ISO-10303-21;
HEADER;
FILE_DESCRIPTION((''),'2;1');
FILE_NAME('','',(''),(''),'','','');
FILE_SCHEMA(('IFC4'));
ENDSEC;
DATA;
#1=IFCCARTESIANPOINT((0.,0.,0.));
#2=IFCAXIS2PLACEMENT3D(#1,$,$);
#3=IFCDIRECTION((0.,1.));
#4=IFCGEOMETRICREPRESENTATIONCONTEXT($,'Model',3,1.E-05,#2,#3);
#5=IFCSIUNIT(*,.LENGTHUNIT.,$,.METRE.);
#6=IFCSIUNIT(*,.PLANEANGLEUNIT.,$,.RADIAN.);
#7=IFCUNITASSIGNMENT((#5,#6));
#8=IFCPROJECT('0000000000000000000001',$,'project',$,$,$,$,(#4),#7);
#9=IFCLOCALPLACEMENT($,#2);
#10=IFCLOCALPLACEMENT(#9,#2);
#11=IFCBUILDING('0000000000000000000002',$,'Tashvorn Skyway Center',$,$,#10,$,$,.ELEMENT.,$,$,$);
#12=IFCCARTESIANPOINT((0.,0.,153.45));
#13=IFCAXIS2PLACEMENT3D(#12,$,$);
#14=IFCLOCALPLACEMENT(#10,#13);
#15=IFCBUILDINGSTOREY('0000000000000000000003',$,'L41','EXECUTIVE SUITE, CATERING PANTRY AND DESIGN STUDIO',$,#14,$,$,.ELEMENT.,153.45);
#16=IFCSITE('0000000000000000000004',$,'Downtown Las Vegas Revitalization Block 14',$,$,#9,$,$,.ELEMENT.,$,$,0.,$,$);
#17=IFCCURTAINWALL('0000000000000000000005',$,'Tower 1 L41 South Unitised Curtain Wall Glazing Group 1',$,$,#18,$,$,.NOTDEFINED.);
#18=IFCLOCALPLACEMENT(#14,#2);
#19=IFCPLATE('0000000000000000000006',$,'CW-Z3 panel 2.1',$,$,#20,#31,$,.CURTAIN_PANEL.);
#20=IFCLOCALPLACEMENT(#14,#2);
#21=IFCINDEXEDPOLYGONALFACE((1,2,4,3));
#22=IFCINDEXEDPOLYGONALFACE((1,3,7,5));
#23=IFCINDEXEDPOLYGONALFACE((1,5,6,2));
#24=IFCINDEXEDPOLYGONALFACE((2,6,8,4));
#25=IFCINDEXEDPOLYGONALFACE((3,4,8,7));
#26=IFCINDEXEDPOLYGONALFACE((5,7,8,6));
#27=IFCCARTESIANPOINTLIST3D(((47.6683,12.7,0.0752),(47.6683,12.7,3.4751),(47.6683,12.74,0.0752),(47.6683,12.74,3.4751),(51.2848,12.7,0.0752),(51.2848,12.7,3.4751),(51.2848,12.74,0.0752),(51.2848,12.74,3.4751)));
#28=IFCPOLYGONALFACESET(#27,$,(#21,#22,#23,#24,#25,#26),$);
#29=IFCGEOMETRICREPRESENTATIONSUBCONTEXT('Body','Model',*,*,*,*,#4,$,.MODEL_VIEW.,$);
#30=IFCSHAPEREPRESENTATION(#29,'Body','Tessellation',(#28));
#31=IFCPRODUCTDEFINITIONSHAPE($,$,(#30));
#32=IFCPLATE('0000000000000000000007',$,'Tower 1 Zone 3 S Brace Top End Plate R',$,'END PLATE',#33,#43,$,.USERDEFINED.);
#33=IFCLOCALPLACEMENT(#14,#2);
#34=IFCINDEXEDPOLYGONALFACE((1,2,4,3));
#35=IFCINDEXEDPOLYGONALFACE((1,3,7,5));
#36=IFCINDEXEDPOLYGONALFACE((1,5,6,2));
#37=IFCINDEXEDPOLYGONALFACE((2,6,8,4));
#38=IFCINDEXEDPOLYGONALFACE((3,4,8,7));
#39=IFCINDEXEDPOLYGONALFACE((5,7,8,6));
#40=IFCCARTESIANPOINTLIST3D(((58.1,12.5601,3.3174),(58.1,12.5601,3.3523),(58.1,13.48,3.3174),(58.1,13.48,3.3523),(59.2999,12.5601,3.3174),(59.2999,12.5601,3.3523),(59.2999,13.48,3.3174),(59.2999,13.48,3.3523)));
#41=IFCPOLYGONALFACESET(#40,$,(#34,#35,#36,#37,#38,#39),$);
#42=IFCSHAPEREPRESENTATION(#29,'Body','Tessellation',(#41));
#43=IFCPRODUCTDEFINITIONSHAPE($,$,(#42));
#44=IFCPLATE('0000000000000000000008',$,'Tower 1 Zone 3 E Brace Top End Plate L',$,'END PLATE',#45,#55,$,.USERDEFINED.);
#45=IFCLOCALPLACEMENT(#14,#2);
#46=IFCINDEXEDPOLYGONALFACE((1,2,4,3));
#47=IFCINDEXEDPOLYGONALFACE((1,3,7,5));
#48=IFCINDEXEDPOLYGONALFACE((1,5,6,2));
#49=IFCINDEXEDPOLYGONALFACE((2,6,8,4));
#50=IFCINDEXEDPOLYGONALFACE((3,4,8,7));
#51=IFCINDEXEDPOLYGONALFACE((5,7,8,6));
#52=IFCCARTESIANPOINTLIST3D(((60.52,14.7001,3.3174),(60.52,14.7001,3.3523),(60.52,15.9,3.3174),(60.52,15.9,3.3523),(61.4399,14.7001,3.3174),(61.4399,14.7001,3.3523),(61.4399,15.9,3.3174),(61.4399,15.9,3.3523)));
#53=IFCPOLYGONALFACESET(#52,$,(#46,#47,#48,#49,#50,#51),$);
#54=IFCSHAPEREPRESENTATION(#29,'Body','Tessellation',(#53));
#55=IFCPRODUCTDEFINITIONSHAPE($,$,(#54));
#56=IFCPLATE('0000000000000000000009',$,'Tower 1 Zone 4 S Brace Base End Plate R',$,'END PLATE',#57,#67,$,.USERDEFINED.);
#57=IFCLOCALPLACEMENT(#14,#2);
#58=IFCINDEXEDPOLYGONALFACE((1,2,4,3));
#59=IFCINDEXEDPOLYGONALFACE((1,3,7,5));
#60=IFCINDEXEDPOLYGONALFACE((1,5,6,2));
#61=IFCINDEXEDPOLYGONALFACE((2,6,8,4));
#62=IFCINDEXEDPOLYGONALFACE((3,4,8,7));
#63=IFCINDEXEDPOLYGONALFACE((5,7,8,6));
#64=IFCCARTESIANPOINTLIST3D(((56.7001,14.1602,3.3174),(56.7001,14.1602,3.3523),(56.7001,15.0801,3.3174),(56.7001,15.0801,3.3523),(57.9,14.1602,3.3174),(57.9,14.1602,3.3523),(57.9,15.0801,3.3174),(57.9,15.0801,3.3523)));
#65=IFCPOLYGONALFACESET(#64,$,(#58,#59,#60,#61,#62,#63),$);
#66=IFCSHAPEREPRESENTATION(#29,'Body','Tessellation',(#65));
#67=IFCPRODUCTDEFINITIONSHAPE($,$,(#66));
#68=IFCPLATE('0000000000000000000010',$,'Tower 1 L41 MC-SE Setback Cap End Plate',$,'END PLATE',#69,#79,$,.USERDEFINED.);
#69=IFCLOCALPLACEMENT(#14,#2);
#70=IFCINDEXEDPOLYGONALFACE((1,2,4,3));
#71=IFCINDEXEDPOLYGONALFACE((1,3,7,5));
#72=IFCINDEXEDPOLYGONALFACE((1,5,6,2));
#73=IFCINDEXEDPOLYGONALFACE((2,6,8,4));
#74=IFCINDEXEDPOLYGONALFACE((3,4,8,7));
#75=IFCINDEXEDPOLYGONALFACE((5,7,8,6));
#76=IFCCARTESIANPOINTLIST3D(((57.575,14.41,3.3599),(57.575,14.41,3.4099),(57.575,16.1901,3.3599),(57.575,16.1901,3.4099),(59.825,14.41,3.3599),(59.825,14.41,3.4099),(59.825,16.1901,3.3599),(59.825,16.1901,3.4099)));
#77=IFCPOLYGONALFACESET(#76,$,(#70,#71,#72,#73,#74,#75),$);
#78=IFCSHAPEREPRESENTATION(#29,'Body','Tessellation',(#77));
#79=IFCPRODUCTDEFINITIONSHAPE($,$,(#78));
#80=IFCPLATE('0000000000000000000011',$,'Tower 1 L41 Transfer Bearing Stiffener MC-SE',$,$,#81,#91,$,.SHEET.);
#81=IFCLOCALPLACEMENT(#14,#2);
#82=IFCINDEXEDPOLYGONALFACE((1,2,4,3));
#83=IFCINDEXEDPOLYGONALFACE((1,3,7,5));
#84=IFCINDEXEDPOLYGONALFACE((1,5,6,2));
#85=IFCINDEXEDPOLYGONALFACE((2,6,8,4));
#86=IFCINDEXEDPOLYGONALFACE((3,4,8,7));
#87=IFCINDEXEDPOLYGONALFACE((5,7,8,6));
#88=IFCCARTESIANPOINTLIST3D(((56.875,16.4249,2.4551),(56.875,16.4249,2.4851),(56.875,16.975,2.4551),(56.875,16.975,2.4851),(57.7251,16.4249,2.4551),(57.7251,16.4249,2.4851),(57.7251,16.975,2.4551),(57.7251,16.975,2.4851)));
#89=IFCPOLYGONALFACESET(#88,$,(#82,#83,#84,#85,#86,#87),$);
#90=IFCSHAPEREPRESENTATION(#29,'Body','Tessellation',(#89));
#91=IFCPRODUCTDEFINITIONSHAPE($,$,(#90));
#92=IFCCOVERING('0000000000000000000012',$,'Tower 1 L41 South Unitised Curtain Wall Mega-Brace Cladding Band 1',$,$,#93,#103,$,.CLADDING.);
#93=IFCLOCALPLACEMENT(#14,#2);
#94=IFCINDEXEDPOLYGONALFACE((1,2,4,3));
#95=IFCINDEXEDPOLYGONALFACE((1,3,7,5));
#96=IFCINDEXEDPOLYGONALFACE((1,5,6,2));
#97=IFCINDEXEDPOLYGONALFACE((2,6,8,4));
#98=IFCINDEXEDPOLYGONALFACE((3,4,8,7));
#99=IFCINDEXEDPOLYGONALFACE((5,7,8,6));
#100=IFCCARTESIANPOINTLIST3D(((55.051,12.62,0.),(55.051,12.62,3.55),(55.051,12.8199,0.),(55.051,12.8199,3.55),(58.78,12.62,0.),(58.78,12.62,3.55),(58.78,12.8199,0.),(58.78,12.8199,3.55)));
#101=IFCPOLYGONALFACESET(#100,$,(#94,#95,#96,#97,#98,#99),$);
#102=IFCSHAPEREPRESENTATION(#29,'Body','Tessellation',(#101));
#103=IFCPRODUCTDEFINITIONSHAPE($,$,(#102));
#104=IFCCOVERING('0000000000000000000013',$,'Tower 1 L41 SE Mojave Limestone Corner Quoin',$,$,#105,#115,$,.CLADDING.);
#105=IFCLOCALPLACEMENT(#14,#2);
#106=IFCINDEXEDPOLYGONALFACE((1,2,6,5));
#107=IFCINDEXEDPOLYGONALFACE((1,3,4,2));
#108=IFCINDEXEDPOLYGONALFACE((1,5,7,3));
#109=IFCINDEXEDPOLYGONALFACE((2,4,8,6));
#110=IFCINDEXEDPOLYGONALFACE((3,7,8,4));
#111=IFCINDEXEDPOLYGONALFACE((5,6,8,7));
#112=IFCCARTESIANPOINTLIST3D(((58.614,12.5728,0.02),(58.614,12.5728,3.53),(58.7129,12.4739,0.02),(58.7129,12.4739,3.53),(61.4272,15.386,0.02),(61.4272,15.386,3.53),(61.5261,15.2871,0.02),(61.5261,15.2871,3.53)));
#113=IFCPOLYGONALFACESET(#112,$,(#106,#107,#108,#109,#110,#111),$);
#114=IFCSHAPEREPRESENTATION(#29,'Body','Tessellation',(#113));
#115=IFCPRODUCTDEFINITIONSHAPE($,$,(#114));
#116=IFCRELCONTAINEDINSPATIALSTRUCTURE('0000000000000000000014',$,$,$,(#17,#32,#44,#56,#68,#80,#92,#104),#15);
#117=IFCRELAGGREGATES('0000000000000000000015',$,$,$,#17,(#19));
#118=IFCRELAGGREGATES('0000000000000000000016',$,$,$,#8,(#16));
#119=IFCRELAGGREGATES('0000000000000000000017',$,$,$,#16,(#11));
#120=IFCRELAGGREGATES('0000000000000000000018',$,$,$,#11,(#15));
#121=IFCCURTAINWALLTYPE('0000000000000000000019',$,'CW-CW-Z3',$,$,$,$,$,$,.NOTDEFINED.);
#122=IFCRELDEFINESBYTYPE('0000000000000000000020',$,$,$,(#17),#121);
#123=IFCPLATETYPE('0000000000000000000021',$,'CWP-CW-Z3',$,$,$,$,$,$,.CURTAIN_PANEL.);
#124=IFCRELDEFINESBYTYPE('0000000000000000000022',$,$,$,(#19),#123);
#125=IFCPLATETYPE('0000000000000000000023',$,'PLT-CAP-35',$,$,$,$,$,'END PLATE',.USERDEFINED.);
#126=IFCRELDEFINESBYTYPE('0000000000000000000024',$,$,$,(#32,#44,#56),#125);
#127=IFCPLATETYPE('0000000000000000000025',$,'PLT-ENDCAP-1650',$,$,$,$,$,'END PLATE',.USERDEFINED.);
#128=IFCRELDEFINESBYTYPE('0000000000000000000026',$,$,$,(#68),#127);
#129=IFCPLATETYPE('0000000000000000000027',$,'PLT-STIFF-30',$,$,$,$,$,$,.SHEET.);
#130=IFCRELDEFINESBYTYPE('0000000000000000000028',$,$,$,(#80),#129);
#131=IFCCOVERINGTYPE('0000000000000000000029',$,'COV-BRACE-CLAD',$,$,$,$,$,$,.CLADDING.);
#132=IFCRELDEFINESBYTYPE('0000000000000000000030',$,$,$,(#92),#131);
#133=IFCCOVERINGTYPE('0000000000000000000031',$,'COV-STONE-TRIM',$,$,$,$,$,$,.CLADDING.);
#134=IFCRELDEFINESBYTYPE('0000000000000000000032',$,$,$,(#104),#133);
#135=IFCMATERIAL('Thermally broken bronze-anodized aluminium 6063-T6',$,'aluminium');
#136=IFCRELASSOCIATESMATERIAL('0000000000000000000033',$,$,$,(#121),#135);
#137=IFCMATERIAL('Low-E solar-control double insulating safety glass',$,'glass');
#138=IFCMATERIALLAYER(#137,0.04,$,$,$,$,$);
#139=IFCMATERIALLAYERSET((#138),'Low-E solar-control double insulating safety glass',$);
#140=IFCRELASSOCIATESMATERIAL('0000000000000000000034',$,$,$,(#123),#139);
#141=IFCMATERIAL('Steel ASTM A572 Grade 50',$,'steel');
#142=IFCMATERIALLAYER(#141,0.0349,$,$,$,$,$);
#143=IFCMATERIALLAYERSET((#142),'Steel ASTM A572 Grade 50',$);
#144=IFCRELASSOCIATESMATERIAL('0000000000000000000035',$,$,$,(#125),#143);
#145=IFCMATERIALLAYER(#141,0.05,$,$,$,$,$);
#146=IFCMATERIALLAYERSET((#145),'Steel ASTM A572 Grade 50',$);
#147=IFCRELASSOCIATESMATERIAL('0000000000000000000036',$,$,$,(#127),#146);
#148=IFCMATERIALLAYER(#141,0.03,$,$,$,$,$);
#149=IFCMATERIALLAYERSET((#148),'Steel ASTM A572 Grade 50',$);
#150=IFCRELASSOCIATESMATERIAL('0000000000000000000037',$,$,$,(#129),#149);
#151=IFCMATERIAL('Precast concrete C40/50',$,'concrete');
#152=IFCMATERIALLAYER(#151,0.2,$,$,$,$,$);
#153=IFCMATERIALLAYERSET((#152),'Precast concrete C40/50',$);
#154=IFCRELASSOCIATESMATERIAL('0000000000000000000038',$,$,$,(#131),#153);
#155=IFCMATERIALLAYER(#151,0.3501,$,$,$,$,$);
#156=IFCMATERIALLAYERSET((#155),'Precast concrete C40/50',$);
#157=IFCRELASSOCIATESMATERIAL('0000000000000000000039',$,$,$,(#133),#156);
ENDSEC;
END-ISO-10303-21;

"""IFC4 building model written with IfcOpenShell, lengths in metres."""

from ifc_helpers import new_model, si_unit, direction, frame, origin, origin_2d, place, context, subcontext, project, spatial, rectangle, extrude, material, layer, layer_set, type_object, element, aggregate, save


model = new_model("IFC4")

# Units and contexts
model_context = context("Model", 3, precision=1e-05, world=origin(), true_north=direction((0.0, 1.0)))
body_context = subcontext(model_context, "Body", "Model", "MODEL_VIEW")
ifc_project = project(units=[si_unit("LENGTHUNIT", "METRE"), si_unit("PLANEANGLEUNIT", "RADIAN")], contexts=[model_context])

# Site, building, storey
site_placement = place(None, origin())
site = spatial("IfcSite", under=ifc_project, at=site_placement, Name="Downtown Las Vegas Revitalization Block 14", CompositionType="ELEMENT", RefElevation=0.0)
building_placement = place(site_placement, origin())
building = spatial("IfcBuilding", under=site, at=building_placement, Name="Tashvorn Skyway Center", CompositionType="ELEMENT")
storey_placement = place(building_placement, frame((0.0, 0.0, 153.45)))
storey = spatial("IfcBuildingStorey", under=building, at=storey_placement, Name="L41", Description="EXECUTIVE SUITE, CATERING PANTRY AND DESIGN STUDIO", CompositionType="ELEMENT", Elevation=153.45)

# Shared definitions
ifc_material_1 = material(Name="Steel ASTM A572 Grade 50", Category="steel")

# Curtain wall, plate
ifc_material_2 = material(Name="Thermally broken bronze-anodized aluminium 6063-T6", Category="aluminium")
curtain_wall_type = type_object("IfcCurtainWallType", Name="CW-CW-Z3", PredefinedType="NOTDEFINED", material=ifc_material_2)
curtain_wall_placement = place(storey_placement, origin())
curtain_wall = element("IfcCurtainWall", 1, at=curtain_wall_placement, inside=storey, type_object=curtain_wall_type, Name="Tower 1 L41 South Unitised Curtain Wall Glazing Group 1", PredefinedType="NOTDEFINED")
ifc_material_3 = material(Name="Low-E solar-control double insulating safety glass", Category="glass")
ifc_layer_1 = layer(ifc_material_3, 0.04)
ifc_layer_set_1 = layer_set([ifc_layer_1], Name="Low-E solar-control double insulating safety glass")
plate_type_1 = type_object("IfcPlateType", Name="CWP-CW-Z3", PredefinedType="CURTAIN_PANEL", material=ifc_layer_set_1)
plate_1_placement = place(storey_placement, frame((49.4766, 12.72, 0.0752), z_axis=(0.0, 0.0, 1.0), x_axis=(-1.0, 0.0, 0.0)))
plate_1 = element("IfcPlate", 2, at=plate_1_placement, type_object=plate_type_1, Name="CW-Z3 panel 2.1", PredefinedType="CURTAIN_PANEL", context=body_context, shape_type="SweptSolid", body=[
    extrude(rectangle(XDim=3.6165, YDim=0.04, at=origin_2d()), origin(), (0.0, 0.0, 1.0), 3.3999),
])
aggregate(curtain_wall, [plate_1])

# Plates
ifc_layer_2 = layer(ifc_material_1, 0.0349)
ifc_layer_set_2 = layer_set([ifc_layer_2], Name="Steel ASTM A572 Grade 50")
plate_type_2 = type_object("IfcPlateType", Name="PLT-CAP-35", ElementType="END PLATE", PredefinedType="USERDEFINED", material=ifc_layer_set_2)
for number, where, z_axis, x_axis, name in (
    (3, (58.7, 13.02, 3.3174), (0.0, 0.0, 1.0), (1.0, 0.0, 0.0), "Tower 1 Zone 3 S Brace Top End Plate R"),
    (4, (60.98, 15.3, 3.3174), (0.0, 0.0, 1.0), (0.0, 1.0, 0.0), "Tower 1 Zone 3 E Brace Top End Plate L"),
    (5, (57.3, 14.6201, 3.3174), (0.0, 0.0, 1.0), (1.0, 0.0, 0.0), "Tower 1 Zone 4 S Brace Base End Plate R"),
):
    element("IfcPlate", number, at=place(storey_placement, frame(where, z_axis=z_axis, x_axis=x_axis)), inside=storey, type_object=plate_type_2, Name=name, ObjectType="END PLATE", PredefinedType="USERDEFINED", context=body_context, shape_type="SweptSolid", body=[
        extrude(rectangle(XDim=1.2, YDim=0.9199, at=origin_2d()), origin(), (0.0, 0.0, 1.0), 0.0349),
    ])
ifc_layer_3 = layer(ifc_material_1, 0.05)
ifc_layer_set_3 = layer_set([ifc_layer_3], Name="Steel ASTM A572 Grade 50")
plate_type_3 = type_object("IfcPlateType", Name="PLT-ENDCAP-1650", ElementType="END PLATE", PredefinedType="USERDEFINED", material=ifc_layer_set_3)
plate_2_placement = place(storey_placement, frame((58.7, 15.3, 3.3599), z_axis=(0.0, 0.0, 1.0), x_axis=(1.0, 0.0, 0.0)))
element("IfcPlate", 6, at=plate_2_placement, inside=storey, type_object=plate_type_3, Name="Tower 1 L41 MC-SE Setback Cap End Plate", ObjectType="END PLATE", PredefinedType="USERDEFINED", context=body_context, shape_type="SweptSolid", body=[
    extrude(rectangle(XDim=2.25, YDim=1.78, at=origin_2d()), origin(), (0.0, 0.0, 1.0), 0.05),
])
ifc_layer_4 = layer(ifc_material_1, 0.03)
ifc_layer_set_4 = layer_set([ifc_layer_4], Name="Steel ASTM A572 Grade 50")
plate_type_4 = type_object("IfcPlateType", Name="PLT-STIFF-30", PredefinedType="SHEET", material=ifc_layer_set_4)
plate_3_placement = place(storey_placement, frame((57.3, 16.7, 2.4551), z_axis=(0.0, 0.0, 1.0), x_axis=(1.0, 0.0, 0.0)))
element("IfcPlate", 7, at=plate_3_placement, inside=storey, type_object=plate_type_4, Name="Tower 1 L41 Transfer Bearing Stiffener MC-SE", PredefinedType="SHEET", context=body_context, shape_type="SweptSolid", body=[
    extrude(rectangle(XDim=0.8501, YDim=0.55, at=origin_2d()), origin(), (0.0, 0.0, 1.0), 0.03),
])

# Coverings
ifc_material_4 = material(Name="Precast concrete C40/50", Category="concrete")
ifc_layer_5 = layer(ifc_material_4, 0.2)
ifc_layer_set_5 = layer_set([ifc_layer_5], Name="Precast concrete C40/50")
covering_type_1 = type_object("IfcCoveringType", Name="COV-BRACE-CLAD", PredefinedType="CLADDING", material=ifc_layer_set_5)
covering_1_placement = place(storey_placement, frame((56.9155, 12.72, 0.0), z_axis=(0.0, 0.0, 1.0), x_axis=(-1.0, 0.0, 0.0)))
element("IfcCovering", 8, at=covering_1_placement, inside=storey, type_object=covering_type_1, Name="Tower 1 L41 South Unitised Curtain Wall Mega-Brace Cladding Band 1", PredefinedType="CLADDING", context=body_context, shape_type="SweptSolid", body=[
    extrude(rectangle(XDim=3.729, YDim=0.2, at=origin_2d()), origin(), (0.0, 0.0, 1.0), 3.55),
])
ifc_layer_6 = layer(ifc_material_4, 0.3501)
ifc_layer_set_6 = layer_set([ifc_layer_6], Name="Precast concrete C40/50")
covering_type_2 = type_object("IfcCoveringType", Name="COV-STONE-TRIM", PredefinedType="CLADDING", material=ifc_layer_set_6)
covering_2_placement = place(storey_placement, frame((60.0701, 13.9299, 0.02), z_axis=(0.0, 0.0, 1.0), x_axis=(0.707107, 0.707107, 0.0)))
element("IfcCovering", 9, at=covering_2_placement, inside=storey, type_object=covering_type_2, Name="Tower 1 L41 SE Mojave Limestone Corner Quoin", PredefinedType="CLADDING", context=body_context, shape_type="SweptSolid", body=[
    extrude(rectangle(XDim=3.9785, YDim=0.1399, at=origin_2d()), origin(), (0.0, 0.0, 1.0), 3.51),
])

save(model, "model.ifc")
